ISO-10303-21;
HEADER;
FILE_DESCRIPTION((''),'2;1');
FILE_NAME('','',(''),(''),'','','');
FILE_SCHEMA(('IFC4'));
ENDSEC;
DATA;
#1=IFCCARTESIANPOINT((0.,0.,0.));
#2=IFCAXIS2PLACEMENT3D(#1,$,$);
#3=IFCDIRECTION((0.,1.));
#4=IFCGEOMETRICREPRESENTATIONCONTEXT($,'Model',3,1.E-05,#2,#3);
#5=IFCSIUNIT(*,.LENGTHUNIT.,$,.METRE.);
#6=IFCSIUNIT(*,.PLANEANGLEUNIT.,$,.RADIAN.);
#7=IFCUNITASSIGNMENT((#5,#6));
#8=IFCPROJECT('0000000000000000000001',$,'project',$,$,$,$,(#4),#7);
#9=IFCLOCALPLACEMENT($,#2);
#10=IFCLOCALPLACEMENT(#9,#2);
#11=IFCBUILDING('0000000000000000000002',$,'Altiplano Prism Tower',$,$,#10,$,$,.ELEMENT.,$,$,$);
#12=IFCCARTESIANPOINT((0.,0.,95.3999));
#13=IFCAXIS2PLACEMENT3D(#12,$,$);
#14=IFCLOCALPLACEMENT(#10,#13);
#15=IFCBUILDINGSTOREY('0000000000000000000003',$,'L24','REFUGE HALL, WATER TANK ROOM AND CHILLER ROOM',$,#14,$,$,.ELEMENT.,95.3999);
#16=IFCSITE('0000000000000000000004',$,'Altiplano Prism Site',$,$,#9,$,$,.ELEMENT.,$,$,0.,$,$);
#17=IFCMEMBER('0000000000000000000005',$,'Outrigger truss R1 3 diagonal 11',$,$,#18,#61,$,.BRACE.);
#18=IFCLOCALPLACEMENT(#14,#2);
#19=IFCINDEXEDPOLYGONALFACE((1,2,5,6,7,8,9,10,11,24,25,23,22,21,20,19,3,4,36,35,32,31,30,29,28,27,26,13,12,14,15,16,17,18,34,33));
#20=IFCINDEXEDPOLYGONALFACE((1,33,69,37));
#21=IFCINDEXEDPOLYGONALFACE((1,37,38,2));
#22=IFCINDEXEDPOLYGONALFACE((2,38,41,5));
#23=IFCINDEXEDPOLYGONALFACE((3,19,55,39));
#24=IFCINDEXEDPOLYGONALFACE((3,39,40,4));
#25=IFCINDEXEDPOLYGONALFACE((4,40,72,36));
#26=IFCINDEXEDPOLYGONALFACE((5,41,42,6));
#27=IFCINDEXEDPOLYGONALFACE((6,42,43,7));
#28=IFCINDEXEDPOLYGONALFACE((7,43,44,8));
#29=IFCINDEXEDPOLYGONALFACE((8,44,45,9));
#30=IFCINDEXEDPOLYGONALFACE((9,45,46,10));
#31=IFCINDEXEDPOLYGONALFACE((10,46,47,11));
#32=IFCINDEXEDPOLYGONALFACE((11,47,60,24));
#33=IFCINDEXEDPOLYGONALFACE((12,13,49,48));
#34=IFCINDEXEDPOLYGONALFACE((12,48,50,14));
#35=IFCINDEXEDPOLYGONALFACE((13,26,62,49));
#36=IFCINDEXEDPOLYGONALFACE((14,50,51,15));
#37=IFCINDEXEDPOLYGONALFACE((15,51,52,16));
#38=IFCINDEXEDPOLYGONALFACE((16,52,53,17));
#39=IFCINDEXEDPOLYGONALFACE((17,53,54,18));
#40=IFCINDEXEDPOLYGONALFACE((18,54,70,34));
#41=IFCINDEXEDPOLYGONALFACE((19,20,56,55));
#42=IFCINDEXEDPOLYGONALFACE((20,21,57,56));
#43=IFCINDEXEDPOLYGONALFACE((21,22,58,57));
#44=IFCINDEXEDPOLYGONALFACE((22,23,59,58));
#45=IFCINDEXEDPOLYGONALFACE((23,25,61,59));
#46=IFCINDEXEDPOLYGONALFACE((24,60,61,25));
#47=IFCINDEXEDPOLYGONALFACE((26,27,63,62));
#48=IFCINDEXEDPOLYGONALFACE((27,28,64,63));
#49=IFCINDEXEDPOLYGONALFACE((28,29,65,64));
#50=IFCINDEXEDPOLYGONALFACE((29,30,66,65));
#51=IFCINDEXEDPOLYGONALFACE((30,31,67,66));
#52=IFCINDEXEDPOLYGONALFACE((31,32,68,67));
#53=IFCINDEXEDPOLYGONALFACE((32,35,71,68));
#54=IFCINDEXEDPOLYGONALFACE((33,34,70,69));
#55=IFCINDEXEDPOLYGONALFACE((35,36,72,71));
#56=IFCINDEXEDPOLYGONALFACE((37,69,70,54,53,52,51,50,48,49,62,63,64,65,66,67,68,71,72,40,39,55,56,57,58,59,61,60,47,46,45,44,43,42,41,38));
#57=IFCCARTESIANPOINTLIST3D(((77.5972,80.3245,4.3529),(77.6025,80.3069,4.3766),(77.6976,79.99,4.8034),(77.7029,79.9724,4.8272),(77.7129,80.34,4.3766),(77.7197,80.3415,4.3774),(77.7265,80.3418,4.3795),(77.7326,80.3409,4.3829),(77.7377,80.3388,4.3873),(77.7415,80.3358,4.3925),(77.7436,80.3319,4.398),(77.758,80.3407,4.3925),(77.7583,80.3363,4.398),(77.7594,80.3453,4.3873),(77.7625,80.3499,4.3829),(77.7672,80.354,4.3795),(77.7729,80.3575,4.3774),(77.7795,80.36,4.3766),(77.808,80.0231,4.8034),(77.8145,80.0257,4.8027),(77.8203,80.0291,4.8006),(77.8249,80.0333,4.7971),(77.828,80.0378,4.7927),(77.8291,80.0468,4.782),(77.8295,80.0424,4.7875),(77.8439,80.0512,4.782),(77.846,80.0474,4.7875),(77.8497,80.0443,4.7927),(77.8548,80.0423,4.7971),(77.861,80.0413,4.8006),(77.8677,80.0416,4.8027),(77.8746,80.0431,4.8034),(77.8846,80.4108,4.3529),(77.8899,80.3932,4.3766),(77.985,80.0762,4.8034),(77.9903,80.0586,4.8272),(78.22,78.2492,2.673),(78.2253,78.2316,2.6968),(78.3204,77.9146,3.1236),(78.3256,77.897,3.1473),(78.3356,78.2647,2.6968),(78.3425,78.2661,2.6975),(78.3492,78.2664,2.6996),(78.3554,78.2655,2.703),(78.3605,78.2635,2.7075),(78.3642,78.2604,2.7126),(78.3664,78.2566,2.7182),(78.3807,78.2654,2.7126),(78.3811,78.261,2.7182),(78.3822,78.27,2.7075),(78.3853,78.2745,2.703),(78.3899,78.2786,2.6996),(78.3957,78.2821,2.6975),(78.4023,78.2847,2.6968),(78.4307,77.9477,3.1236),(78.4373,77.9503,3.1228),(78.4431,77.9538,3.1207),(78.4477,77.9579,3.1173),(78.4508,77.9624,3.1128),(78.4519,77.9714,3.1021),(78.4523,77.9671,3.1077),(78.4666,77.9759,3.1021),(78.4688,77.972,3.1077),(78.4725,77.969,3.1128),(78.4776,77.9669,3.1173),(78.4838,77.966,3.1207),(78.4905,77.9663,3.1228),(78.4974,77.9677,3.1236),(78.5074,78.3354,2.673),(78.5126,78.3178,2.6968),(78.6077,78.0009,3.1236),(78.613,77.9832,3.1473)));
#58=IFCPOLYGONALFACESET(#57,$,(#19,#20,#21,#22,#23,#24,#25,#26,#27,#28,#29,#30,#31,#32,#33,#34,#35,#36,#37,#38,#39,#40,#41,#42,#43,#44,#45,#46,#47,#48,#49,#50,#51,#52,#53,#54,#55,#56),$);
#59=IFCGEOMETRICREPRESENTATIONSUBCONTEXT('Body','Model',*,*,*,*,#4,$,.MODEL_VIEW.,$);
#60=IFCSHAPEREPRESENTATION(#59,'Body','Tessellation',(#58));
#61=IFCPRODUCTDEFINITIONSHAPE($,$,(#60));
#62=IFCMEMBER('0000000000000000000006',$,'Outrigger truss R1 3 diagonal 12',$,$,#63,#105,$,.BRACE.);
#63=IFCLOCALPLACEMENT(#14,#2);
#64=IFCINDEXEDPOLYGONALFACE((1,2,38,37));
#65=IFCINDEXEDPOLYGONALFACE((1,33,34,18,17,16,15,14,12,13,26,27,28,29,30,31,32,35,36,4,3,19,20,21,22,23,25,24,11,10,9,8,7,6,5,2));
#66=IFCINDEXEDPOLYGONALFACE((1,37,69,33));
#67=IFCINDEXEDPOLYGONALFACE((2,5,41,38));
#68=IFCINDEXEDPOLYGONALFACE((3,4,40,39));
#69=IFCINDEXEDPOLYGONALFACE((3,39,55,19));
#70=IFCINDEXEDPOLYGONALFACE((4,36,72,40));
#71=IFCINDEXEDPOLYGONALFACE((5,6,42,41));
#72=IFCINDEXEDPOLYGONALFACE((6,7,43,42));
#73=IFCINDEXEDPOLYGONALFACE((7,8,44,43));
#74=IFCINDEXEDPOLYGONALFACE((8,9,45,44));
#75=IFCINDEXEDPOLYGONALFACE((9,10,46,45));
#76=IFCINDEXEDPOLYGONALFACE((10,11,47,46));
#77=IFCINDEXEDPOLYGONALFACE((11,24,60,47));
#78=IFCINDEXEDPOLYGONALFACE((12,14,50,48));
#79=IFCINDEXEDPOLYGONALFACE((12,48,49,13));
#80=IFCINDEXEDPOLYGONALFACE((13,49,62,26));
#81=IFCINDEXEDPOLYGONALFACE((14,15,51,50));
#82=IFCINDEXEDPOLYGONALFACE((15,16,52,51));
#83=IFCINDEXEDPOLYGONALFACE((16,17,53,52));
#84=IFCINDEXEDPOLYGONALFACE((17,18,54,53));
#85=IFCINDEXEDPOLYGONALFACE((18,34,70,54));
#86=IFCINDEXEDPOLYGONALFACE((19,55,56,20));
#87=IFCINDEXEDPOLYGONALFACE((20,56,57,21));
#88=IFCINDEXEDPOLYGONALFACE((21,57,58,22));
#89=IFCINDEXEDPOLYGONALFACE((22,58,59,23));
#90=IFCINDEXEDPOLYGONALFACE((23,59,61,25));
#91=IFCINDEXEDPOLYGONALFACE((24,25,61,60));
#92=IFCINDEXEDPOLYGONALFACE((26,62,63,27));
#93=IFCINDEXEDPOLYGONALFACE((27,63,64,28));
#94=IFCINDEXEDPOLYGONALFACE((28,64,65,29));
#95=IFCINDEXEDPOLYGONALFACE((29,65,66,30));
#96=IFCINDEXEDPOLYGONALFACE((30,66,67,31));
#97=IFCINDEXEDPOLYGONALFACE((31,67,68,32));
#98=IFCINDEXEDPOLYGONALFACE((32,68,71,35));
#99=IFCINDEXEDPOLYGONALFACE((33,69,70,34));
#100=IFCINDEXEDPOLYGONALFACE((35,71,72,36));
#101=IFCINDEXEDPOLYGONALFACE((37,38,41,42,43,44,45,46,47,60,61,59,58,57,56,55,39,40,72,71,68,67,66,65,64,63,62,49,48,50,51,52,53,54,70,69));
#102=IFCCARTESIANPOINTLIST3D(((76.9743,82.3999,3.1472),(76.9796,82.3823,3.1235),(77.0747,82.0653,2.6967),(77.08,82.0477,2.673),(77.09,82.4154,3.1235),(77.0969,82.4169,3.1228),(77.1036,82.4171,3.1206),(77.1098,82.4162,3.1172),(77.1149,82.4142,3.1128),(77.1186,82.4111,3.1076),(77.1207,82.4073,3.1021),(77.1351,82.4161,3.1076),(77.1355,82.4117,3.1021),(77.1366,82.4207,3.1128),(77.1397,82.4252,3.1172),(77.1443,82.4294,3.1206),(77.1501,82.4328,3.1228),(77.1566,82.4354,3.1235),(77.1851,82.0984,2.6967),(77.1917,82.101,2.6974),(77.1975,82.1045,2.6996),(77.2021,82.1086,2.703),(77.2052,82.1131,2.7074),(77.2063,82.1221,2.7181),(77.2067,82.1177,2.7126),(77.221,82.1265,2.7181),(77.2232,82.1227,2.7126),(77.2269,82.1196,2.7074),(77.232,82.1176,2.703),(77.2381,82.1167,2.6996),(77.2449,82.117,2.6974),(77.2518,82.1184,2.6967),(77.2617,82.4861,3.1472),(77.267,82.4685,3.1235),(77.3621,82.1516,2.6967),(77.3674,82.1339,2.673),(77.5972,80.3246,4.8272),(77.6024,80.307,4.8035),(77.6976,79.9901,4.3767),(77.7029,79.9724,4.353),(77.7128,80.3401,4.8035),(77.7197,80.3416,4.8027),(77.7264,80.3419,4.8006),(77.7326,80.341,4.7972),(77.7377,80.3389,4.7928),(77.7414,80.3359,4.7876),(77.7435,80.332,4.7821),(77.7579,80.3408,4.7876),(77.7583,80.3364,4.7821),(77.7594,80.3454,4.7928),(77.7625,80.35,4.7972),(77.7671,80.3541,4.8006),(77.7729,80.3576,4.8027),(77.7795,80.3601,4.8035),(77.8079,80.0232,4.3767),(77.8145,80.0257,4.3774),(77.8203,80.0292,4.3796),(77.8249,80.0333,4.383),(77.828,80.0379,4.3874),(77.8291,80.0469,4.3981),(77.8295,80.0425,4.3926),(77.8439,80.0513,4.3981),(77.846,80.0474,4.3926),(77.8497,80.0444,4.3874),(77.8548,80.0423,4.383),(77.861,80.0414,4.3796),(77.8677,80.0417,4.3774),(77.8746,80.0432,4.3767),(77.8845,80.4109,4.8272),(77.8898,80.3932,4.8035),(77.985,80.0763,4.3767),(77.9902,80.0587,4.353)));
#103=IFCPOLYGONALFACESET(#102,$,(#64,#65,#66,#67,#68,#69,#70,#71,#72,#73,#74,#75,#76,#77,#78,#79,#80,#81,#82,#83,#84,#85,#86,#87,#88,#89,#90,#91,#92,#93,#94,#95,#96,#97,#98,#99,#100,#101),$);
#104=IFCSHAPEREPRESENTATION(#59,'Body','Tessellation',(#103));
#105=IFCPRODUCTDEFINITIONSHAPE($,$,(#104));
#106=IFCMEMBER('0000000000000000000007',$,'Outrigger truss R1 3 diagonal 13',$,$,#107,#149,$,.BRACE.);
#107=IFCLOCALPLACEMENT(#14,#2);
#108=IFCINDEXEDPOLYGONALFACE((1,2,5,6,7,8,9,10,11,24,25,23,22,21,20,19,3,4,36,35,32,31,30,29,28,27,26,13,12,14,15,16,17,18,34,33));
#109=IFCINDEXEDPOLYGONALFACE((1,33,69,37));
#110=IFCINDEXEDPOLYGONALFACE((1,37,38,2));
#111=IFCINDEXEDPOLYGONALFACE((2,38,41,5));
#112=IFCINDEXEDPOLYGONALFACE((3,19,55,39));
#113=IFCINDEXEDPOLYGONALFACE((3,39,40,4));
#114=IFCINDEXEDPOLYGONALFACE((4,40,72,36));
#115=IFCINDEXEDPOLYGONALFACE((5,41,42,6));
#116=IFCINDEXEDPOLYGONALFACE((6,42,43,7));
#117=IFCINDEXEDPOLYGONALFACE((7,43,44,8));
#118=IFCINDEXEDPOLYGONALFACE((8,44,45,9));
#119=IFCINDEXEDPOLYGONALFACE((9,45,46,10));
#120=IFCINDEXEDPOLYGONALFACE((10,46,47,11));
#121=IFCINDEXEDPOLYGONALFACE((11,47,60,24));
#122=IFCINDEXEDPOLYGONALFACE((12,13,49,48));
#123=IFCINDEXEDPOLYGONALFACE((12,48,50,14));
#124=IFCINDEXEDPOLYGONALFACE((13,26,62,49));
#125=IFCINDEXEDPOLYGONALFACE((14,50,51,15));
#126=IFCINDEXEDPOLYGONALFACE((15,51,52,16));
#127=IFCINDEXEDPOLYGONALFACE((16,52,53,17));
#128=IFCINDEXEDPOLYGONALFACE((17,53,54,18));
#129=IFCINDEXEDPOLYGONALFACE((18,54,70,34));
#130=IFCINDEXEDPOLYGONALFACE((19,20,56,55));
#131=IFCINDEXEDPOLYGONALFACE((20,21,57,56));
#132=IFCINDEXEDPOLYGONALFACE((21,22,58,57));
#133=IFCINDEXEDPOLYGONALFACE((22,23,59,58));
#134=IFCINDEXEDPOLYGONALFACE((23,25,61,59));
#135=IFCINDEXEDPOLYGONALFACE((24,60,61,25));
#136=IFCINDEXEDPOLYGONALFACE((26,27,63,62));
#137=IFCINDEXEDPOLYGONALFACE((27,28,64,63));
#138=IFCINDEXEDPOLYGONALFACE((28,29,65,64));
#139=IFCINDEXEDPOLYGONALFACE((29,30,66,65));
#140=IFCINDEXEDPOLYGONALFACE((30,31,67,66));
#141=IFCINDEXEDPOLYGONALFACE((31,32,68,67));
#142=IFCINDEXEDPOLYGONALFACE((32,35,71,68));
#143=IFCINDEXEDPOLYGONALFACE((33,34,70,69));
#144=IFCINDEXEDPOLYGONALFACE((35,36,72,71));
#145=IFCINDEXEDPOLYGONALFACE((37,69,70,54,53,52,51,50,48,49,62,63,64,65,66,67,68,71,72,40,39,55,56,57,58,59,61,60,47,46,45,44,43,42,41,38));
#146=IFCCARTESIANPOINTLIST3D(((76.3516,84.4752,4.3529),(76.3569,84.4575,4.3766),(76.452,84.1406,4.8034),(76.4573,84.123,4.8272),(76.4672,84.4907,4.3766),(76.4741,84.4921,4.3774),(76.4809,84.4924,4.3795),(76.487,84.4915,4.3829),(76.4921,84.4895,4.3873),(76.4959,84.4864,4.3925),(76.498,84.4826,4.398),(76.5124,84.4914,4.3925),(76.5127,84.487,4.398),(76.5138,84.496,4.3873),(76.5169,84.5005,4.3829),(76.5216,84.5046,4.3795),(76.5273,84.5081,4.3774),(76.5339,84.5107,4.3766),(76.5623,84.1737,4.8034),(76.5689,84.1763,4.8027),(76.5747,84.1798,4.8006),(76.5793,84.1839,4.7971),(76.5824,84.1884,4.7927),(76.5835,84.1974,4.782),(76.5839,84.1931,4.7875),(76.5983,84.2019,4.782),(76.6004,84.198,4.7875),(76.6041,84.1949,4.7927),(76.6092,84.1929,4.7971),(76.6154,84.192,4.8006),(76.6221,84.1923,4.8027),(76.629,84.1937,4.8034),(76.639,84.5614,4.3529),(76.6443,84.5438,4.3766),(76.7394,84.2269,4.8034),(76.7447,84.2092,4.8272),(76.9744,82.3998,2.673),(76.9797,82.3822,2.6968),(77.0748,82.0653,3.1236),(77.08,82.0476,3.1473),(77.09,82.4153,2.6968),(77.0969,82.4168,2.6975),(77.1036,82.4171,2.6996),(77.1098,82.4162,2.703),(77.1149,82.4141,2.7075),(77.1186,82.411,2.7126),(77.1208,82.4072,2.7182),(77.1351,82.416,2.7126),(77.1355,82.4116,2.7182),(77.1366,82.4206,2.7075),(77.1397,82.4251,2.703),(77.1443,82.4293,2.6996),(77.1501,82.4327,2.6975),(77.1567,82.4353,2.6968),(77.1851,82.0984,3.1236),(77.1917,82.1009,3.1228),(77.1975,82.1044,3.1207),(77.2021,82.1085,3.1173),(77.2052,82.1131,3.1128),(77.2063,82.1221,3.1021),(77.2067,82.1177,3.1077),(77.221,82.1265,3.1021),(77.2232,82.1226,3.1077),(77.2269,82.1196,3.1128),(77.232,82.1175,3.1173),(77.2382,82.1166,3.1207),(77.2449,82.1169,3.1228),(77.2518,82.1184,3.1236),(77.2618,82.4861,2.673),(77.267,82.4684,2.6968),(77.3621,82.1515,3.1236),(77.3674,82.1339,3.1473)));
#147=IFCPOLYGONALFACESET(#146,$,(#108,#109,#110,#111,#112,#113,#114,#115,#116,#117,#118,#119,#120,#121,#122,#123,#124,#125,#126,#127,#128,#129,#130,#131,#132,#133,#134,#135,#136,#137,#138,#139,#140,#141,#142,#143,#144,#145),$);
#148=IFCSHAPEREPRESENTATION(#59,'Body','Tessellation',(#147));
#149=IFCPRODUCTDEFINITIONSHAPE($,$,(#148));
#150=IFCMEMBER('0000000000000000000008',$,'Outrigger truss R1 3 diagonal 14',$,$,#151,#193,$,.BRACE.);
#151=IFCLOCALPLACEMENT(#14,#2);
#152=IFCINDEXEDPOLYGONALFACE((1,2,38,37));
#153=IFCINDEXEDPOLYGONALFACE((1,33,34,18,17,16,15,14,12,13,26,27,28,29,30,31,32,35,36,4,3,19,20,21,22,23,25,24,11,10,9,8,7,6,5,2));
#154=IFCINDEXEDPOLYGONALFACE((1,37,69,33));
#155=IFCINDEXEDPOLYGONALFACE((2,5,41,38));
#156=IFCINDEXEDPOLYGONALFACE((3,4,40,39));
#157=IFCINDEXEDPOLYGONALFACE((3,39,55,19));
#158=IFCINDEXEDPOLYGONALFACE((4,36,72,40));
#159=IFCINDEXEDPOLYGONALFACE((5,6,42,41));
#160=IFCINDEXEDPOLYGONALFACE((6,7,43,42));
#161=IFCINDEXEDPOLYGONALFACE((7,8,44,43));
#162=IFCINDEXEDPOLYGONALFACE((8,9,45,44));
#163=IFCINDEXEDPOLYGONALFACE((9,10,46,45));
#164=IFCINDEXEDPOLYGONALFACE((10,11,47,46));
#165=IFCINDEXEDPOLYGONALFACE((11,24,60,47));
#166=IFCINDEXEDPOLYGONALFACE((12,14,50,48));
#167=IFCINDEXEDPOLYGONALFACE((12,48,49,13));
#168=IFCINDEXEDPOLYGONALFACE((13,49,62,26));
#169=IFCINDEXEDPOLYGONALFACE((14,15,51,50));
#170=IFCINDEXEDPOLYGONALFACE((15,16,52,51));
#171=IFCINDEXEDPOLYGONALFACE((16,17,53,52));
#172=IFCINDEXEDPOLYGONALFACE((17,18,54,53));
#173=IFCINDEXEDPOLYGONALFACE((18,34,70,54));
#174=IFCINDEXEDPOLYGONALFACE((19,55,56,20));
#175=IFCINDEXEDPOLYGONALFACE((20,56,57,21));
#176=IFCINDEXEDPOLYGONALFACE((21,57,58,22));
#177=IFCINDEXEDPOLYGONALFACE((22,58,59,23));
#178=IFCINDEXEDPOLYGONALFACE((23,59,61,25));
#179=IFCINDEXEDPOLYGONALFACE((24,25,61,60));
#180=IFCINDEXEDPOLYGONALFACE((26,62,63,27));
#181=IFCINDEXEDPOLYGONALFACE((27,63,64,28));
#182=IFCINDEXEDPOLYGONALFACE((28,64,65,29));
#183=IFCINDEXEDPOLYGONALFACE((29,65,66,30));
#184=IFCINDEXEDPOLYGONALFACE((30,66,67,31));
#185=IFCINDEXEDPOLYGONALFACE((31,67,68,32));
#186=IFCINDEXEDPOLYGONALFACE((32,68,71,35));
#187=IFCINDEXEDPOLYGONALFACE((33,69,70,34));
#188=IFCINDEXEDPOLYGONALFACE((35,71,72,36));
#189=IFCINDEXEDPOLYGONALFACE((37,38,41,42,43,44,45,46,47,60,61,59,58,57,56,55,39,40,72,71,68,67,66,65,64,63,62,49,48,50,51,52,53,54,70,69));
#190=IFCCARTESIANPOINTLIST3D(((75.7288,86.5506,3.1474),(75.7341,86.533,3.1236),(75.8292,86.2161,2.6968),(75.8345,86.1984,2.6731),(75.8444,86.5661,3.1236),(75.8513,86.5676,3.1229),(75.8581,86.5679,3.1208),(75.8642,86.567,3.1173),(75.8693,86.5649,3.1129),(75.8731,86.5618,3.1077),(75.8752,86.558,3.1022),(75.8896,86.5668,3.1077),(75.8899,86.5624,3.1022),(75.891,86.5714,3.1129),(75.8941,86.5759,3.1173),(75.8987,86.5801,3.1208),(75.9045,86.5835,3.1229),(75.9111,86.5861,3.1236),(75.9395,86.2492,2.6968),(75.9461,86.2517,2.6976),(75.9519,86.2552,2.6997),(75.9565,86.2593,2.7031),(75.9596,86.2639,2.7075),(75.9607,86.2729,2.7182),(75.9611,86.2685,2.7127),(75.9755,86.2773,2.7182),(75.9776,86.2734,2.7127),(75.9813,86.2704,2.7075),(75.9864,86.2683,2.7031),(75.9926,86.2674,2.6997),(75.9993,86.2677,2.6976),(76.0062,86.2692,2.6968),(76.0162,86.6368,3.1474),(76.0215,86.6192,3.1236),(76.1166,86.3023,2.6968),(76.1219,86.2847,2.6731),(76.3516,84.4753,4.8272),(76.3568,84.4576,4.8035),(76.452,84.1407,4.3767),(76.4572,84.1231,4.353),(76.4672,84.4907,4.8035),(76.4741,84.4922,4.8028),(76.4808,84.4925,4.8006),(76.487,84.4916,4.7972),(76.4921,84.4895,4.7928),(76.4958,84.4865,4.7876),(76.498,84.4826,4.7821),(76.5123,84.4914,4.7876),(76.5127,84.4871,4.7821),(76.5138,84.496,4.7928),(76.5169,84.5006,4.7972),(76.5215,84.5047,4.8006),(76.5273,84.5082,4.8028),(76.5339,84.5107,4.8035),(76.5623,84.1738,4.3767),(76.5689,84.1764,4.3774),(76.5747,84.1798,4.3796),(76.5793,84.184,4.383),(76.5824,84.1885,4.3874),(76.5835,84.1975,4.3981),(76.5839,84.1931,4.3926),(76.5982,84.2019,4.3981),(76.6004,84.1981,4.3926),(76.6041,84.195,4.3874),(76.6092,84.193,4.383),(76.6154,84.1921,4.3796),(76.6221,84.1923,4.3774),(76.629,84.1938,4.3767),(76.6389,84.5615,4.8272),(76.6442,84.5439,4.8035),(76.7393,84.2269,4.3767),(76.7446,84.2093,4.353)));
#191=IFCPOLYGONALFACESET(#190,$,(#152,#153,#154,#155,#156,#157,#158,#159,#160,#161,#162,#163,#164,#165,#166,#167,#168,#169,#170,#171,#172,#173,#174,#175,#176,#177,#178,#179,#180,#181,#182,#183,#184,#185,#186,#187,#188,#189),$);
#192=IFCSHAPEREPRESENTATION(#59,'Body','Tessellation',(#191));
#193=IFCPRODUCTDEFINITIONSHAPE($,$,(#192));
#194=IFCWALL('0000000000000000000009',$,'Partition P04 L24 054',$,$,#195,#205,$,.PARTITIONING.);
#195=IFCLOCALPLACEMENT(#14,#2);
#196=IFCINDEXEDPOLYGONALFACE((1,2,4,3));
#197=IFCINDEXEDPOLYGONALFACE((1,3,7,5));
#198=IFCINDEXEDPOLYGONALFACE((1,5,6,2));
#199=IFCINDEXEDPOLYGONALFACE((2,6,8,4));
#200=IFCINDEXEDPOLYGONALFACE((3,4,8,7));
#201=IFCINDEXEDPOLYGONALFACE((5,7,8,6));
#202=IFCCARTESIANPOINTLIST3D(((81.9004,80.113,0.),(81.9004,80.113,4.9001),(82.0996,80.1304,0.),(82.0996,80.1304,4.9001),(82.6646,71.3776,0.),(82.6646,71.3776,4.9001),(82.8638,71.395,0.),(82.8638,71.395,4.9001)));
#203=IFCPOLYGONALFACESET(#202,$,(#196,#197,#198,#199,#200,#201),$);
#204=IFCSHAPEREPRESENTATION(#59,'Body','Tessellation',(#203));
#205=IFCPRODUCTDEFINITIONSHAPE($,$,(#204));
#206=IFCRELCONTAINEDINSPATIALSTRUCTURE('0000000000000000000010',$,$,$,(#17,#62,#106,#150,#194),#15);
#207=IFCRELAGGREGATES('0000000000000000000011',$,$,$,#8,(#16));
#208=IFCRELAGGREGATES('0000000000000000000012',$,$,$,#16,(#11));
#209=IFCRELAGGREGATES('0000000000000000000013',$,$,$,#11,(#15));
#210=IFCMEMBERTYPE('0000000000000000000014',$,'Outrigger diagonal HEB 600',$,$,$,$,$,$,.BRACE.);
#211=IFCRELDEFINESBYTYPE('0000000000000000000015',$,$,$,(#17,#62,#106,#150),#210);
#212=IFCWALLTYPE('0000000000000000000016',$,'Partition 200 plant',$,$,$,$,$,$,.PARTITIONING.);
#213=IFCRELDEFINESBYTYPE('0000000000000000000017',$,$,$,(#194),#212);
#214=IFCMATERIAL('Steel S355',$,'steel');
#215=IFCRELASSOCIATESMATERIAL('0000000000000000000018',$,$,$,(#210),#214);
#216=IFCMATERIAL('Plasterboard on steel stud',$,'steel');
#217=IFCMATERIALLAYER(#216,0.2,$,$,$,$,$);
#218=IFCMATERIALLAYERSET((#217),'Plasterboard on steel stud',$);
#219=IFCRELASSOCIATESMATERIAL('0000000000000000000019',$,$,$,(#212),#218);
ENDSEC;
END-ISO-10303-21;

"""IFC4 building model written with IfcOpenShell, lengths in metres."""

from ifc_helpers import new_model, si_unit, direction, frame, frame_2d, origin, origin_2d, place, context, subcontext, project, spatial, rectangle, i_section, extrude, material, layer, layer_set, material_profile, profile_set, type_object, element, save


model = new_model("IFC4")

# Units and contexts
model_context = context("Model", 3, precision=1e-05, world=origin(), true_north=direction((0.0, 1.0)))
body_context = subcontext(model_context, "Body", "Model", "MODEL_VIEW")
ifc_project = project(units=[si_unit("LENGTHUNIT", "METRE"), si_unit("PLANEANGLEUNIT", "RADIAN")], contexts=[model_context])

# Site, building, storey
site_placement = place(None, origin())
site = spatial("IfcSite", under=ifc_project, at=site_placement, Name="Altiplano Prism Site", CompositionType="ELEMENT", RefElevation=0.0)
building_placement = place(site_placement, origin())
building = spatial("IfcBuilding", under=site, at=building_placement, Name="Altiplano Prism Tower", CompositionType="ELEMENT")
storey_placement = place(building_placement, frame((0.0, 0.0, 95.3999)))
storey = spatial("IfcBuildingStorey", under=building, at=storey_placement, Name="L24", Description="REFUGE HALL, WATER TANK ROOM AND CHILLER ROOM", CompositionType="ELEMENT", Elevation=95.3999)

# Members
ifc_material_1 = material(Name="Steel S355", Category="steel")
ifc_material_profile_1 = material_profile(ifc_material_1, i_section(OverallWidth=0.3, OverallDepth=0.6001, WebThickness=0.0154, FlangeThickness=0.03, FilletRadius=0.0271, at=origin_2d()), Name="Outrigger diagonal HEB 600")
ifc_profile_set_1 = profile_set([ifc_material_profile_1], Name="Steel S355")
member_type_1 = type_object("IfcMemberType", Name="Outrigger diagonal HEB 600", PredefinedType="BRACE", material=ifc_profile_set_1)
for number, where, z_axis, x_axis, name in (
    (1, (78.4165, 78.1162, 2.9102), (-0.227151, 0.756961, 0.61271), (-0.957805, -0.28742, 0.0), "Outrigger truss R1 3 diagonal 11"),
    (2, (77.7937, 80.1917, 4.5901), (-0.227166, 0.756923, -0.612751), (-0.957795, -0.287451, 0.0), "Outrigger truss R1 3 diagonal 12"),
    (3, (77.1709, 82.2668, 2.9102), (-0.227151, 0.756961, 0.61271), (-0.957805, -0.28742, 0.0), "Outrigger truss R1 3 diagonal 13"),
    (4, (76.5481, 84.3423, 4.5901), (-0.227151, 0.756961, -0.61271), (-0.957805, -0.28742, 0.0), "Outrigger truss R1 3 diagonal 14"),
):
    element("IfcMember", number, at=place(storey_placement, frame(where, z_axis=z_axis, x_axis=x_axis)), inside=storey, type_object=member_type_1, Name=name, PredefinedType="BRACE", context=body_context, shape_type="SweptSolid", body=[
        extrude(i_section(OverallWidth=0.3, OverallDepth=0.6001, WebThickness=0.0154, FlangeThickness=0.03, FilletRadius=0.0271, at=origin_2d()), origin(), (0.0, 0.0, 1.0), 2.7417),
    ])

# Wall
ifc_material_2 = material(Name="Plasterboard on steel stud", Category="steel")
ifc_layer_1 = layer(ifc_material_2, 0.2)
ifc_layer_set_1 = layer_set([ifc_layer_1], Name="Plasterboard on steel stud")
wall_type_1 = type_object("IfcWallType", Name="Partition 200 plant", PredefinedType="PARTITIONING", material=ifc_layer_set_1)
wall_1_placement = place(storey_placement, frame((82.0, 80.1216, 0.0), z_axis=(0.0, 0.0, 1.0), x_axis=(0.087146, -0.996196, 0.0)))
element("IfcWall", 5, at=wall_1_placement, inside=storey, type_object=wall_type_1, Name="Partition P04 L24 054", PredefinedType="PARTITIONING", context=body_context, shape_type="SweptSolid", body=[
    extrude(rectangle(XDim=8.7688, YDim=0.2, at=frame_2d((4.3843, 0.0))), origin(), (0.0, 0.0, 1.0), 4.9001),
])

save(model, "model.ifc")
